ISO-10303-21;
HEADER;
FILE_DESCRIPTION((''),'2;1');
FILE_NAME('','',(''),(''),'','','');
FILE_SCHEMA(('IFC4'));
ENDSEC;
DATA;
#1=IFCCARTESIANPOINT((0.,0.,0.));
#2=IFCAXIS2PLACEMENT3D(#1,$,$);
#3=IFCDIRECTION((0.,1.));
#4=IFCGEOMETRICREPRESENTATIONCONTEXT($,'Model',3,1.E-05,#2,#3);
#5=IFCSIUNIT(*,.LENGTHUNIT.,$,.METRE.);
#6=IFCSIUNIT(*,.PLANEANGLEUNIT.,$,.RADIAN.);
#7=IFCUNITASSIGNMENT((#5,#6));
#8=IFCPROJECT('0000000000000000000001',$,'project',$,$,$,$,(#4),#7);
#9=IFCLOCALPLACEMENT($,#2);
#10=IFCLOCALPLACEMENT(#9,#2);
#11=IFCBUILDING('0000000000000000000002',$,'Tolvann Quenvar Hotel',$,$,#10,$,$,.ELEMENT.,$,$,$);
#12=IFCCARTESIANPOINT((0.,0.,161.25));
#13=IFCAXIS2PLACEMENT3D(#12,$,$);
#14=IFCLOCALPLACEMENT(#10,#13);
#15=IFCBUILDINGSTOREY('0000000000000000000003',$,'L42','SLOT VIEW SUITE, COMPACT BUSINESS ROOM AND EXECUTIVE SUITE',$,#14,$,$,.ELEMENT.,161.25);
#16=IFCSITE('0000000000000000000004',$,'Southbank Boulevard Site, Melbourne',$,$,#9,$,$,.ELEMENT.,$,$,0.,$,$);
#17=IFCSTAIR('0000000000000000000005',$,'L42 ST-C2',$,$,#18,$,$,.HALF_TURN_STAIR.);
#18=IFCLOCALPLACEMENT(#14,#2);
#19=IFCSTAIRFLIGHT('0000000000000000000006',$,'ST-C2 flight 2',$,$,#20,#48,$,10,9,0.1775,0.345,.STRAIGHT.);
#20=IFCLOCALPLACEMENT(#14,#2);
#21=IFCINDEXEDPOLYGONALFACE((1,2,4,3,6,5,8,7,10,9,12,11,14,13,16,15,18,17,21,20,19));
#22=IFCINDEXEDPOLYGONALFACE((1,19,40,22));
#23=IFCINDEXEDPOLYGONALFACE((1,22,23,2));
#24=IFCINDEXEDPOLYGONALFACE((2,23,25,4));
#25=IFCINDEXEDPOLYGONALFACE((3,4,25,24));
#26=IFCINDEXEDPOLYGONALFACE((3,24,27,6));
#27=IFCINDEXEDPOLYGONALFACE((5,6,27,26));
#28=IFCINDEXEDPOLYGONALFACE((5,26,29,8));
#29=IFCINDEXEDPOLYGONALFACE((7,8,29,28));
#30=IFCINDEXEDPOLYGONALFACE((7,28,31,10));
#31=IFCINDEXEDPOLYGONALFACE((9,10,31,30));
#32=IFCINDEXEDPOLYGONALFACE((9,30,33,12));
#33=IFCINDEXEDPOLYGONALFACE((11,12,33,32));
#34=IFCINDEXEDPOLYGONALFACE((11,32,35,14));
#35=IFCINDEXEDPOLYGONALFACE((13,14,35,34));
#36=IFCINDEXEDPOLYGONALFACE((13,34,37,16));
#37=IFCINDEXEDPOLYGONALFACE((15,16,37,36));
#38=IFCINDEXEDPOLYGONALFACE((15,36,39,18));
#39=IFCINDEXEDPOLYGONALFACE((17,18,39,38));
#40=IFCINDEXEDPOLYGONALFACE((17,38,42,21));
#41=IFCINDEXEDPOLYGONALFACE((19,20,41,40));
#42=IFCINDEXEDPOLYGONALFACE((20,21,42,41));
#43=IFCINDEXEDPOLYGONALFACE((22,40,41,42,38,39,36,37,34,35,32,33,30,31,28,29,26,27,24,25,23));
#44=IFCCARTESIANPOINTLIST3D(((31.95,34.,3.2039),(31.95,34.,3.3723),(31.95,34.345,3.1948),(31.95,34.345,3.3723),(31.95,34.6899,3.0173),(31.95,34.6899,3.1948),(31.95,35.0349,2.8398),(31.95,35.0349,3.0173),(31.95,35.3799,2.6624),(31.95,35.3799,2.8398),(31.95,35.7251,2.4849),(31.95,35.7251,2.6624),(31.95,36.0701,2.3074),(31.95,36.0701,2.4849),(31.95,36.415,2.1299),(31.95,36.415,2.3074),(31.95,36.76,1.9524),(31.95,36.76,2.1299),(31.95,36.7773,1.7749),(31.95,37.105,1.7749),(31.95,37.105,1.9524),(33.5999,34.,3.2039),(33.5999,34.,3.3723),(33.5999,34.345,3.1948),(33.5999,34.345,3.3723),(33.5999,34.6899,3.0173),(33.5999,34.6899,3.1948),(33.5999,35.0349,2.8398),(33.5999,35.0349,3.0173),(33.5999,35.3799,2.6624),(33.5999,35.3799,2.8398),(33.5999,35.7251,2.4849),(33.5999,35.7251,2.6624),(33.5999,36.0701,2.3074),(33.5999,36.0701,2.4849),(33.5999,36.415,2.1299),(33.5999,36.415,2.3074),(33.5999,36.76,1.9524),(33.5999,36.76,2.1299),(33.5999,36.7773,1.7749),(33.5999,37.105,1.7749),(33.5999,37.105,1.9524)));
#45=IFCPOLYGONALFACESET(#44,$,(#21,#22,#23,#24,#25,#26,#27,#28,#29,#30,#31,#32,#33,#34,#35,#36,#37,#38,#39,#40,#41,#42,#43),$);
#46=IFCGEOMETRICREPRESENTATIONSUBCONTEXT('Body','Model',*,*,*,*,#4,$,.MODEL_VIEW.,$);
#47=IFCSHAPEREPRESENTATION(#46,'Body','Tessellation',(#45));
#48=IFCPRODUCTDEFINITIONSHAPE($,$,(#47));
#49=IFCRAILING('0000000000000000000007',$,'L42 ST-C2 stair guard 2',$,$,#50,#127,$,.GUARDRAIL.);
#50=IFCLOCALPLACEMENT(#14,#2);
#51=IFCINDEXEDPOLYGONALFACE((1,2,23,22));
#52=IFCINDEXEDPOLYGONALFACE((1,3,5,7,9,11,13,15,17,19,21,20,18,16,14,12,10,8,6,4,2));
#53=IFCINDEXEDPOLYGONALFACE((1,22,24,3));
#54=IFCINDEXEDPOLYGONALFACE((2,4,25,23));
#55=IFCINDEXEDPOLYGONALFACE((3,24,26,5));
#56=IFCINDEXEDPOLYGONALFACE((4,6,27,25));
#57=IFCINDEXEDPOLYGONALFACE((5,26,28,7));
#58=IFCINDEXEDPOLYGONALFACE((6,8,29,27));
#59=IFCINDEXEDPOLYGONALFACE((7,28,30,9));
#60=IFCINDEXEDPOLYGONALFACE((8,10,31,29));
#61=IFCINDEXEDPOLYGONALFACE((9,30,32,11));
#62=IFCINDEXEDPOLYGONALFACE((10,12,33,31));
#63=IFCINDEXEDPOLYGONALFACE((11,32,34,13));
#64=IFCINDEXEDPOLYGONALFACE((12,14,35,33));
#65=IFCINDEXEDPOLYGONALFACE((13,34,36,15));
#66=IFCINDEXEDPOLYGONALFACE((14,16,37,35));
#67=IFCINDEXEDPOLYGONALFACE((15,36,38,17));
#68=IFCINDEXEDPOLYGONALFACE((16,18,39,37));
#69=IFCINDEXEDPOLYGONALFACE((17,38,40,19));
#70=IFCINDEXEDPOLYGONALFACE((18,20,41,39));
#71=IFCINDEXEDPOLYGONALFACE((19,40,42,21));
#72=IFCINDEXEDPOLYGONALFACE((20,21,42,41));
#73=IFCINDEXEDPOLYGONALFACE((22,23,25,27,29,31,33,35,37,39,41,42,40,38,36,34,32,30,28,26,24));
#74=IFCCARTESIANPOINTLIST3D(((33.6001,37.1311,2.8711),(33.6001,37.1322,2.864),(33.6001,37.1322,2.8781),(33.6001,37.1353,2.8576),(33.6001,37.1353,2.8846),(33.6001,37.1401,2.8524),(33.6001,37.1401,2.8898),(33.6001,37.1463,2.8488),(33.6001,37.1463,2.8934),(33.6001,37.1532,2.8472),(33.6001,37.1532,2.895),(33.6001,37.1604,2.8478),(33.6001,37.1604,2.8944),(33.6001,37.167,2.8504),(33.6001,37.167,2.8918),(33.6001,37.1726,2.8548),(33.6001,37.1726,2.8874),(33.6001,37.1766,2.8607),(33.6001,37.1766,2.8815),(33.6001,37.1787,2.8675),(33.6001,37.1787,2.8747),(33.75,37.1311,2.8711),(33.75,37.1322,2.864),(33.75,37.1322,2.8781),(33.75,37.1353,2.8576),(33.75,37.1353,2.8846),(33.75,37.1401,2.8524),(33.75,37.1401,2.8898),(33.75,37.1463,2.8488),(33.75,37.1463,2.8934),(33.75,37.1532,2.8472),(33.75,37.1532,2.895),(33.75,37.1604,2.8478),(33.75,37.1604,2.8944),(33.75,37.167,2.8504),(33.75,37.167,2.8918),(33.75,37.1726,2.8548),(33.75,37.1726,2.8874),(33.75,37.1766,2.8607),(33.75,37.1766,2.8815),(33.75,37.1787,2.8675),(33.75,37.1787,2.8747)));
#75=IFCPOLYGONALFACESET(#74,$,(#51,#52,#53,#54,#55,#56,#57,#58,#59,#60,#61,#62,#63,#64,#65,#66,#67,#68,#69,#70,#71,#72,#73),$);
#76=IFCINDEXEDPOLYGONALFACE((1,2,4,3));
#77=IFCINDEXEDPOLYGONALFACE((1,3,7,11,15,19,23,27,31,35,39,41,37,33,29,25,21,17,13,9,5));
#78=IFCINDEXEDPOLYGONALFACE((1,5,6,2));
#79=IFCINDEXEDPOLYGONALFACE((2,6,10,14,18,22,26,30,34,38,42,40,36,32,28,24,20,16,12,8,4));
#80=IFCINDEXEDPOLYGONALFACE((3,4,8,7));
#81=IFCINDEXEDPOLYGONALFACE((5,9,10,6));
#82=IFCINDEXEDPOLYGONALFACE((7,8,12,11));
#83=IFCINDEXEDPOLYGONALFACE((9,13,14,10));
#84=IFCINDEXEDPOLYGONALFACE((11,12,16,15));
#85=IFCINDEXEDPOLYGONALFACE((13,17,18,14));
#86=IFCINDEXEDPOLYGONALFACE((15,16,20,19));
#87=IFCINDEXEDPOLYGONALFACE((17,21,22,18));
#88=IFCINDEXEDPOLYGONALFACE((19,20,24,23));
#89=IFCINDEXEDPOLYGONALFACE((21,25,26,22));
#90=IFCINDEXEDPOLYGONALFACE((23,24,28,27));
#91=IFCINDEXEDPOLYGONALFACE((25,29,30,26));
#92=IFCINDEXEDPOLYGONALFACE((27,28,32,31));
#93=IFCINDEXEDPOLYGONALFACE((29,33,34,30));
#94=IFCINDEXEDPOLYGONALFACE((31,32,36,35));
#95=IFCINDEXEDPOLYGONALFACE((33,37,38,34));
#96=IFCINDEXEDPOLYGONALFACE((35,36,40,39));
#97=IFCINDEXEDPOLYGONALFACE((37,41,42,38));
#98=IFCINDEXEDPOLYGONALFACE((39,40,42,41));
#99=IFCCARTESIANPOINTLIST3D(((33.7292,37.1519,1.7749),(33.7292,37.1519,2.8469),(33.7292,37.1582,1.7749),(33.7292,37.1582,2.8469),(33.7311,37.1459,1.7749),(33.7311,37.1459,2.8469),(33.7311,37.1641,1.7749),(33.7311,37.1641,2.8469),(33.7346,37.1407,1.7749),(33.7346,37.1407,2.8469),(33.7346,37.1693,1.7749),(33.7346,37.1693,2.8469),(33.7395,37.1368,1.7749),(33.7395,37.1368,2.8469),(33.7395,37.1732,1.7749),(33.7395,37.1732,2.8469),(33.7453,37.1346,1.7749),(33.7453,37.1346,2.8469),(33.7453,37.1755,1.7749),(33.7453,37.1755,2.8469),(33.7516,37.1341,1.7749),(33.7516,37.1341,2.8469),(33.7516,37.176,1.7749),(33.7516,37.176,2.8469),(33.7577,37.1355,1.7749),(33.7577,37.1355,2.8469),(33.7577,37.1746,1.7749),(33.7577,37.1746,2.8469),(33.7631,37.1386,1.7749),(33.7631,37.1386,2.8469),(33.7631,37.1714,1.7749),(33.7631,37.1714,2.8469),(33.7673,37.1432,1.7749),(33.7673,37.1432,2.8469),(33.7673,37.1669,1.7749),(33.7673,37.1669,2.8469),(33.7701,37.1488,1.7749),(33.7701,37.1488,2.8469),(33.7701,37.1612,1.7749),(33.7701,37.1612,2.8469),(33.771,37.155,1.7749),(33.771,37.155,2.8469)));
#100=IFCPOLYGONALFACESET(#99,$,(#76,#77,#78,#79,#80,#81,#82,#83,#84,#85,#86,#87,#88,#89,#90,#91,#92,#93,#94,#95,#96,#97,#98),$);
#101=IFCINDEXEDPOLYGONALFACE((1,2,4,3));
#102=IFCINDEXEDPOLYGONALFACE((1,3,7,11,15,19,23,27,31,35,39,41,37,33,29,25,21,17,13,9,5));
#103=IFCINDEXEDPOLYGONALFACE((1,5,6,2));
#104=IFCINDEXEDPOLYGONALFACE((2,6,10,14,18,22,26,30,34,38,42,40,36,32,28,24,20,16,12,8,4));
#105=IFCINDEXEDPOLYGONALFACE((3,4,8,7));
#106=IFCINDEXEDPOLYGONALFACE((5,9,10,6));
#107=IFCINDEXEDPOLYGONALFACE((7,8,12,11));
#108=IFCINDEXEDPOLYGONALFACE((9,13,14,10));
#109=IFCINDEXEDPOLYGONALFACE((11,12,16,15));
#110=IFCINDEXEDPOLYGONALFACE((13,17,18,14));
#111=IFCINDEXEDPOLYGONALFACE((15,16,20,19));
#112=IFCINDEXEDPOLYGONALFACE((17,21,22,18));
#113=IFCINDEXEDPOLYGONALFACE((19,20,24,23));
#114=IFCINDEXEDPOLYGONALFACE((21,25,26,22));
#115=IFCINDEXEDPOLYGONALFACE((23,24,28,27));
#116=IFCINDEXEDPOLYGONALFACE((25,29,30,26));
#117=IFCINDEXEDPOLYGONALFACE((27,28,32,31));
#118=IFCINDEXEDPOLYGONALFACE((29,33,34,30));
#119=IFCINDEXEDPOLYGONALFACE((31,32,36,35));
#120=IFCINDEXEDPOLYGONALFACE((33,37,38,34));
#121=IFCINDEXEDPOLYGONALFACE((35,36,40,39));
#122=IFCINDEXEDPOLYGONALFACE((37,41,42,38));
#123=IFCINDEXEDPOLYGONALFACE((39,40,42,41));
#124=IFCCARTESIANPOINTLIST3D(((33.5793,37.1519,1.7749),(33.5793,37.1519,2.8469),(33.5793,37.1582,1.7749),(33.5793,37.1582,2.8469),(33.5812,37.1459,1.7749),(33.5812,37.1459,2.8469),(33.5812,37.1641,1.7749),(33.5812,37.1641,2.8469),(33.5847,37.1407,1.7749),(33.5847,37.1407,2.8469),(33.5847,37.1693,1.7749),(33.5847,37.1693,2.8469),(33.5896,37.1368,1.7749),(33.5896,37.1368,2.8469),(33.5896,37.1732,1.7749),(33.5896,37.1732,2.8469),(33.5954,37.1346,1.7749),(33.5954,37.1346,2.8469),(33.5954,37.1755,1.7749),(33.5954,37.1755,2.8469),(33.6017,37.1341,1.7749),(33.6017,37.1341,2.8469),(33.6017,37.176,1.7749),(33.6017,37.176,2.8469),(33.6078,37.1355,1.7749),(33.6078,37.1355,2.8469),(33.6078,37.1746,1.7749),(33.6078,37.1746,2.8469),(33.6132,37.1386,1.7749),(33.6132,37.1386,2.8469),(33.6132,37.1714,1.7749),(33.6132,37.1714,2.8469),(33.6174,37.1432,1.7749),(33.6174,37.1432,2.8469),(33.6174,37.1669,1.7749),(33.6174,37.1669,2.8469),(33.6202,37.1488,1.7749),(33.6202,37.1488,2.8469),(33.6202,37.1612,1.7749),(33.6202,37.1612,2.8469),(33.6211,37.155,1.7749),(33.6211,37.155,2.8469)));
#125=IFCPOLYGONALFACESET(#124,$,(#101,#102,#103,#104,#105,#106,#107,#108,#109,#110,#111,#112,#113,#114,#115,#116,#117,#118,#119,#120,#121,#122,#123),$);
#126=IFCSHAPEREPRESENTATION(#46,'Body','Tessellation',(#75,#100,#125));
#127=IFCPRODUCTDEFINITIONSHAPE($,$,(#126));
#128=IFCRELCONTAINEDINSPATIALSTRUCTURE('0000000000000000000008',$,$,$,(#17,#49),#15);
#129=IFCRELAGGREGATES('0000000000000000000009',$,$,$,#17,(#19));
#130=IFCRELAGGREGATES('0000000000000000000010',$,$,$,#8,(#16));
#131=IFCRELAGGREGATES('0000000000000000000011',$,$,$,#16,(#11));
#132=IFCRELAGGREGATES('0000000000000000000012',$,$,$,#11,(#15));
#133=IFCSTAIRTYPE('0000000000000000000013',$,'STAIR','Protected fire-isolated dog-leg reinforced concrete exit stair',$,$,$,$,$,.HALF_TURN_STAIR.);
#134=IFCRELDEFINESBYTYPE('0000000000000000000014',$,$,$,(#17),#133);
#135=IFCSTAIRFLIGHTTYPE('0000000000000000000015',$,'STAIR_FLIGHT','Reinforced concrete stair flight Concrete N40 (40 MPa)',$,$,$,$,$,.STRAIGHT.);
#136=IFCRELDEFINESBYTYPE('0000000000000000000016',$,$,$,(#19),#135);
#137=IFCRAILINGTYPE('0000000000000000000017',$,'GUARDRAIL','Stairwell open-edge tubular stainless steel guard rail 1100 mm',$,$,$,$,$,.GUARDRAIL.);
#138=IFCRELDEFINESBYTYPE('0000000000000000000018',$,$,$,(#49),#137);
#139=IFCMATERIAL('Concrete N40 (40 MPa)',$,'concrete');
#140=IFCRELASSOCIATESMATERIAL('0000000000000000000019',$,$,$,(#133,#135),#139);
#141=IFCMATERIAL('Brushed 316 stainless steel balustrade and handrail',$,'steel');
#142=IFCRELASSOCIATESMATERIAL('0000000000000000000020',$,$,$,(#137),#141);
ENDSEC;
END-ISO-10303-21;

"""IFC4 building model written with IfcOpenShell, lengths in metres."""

from ifc_helpers import new_model, si_unit, direction, frame, origin, origin_2d, place, context, subcontext, project, spatial, polyline, circle, outline, extrude, material, type_object, element, aggregate, save


model = new_model("IFC4")

# Units and contexts
model_context = context("Model", 3, precision=1e-05, world=origin(), true_north=direction((0.0, 1.0)))
body_context = subcontext(model_context, "Body", "Model", "MODEL_VIEW")
ifc_project = project(units=[si_unit("LENGTHUNIT", "METRE"), si_unit("PLANEANGLEUNIT", "RADIAN")], contexts=[model_context])

# Site, building, storey
site_placement = place(None, origin())
site = spatial("IfcSite", under=ifc_project, at=site_placement, Name="Southbank Boulevard Site, Melbourne", CompositionType="ELEMENT", RefElevation=0.0)
building_placement = place(site_placement, origin())
building = spatial("IfcBuilding", under=site, at=building_placement, Name="Tolvann Quenvar Hotel", CompositionType="ELEMENT")
storey_placement = place(building_placement, frame((0.0, 0.0, 161.25)))
storey = spatial("IfcBuildingStorey", under=building, at=storey_placement, Name="L42", Description="SLOT VIEW SUITE, COMPACT BUSINESS ROOM AND EXECUTIVE SUITE", CompositionType="ELEMENT", Elevation=161.25)

# Shared definitions
ifc_material_1 = material(Name="Concrete N40 (40 MPa)", Category="concrete")

# Stair, stair flight
stair_type = type_object("IfcStairType", Name="STAIR", Description="Protected fire-isolated dog-leg reinforced concrete exit stair", PredefinedType="HALF_TURN_STAIR", material=ifc_material_1)
stair_placement = place(storey_placement, origin())
stair = element("IfcStair", 1, at=stair_placement, inside=storey, type_object=stair_type, Name="L42 ST-C2", PredefinedType="HALF_TURN_STAIR")
stair_flight_type = type_object("IfcStairFlightType", Name="STAIR_FLIGHT", Description="Reinforced concrete stair flight Concrete N40 (40 MPa)", PredefinedType="STRAIGHT", material=ifc_material_1)
stair_flight_placement = place(storey_placement, frame((32.7749, 37.105, 1.7749), z_axis=(0.0, 0.0, 1.0), x_axis=(0.0, -1.0, 0.0)))
stair_flight = element("IfcStairFlight", 2, at=stair_flight_placement, type_object=stair_flight_type, Name="ST-C2 flight 2", NumberOfRisers=10, NumberOfTreads=9, PredefinedType="STRAIGHT", RiserHeight=0.1775, TreadLength=0.345, context=body_context, shape_type="SweptSolid", body=[
    extrude(outline(polyline([(0.0, 0.0), (0.0, 0.1775), (0.345, 0.1775), (0.345, 0.355), (0.6899, 0.355), (0.6899, 0.5325), (1.0349, 0.5325), (1.0349, 0.71), (1.3799, 0.71), (1.3799, 0.8875), (1.7251, 0.8875), (1.7251, 1.0649), (2.0701, 1.0649), (2.0701, 1.2424), (2.415, 1.2424), (2.415, 1.4199), (2.76, 1.4199), (2.76, 1.5974), (3.105, 1.5974), (3.105, 1.7749), (3.105, 1.429), (0.3276, 0.0), (0.0, 0.0)])), frame((0.0, 0.825, 0.0), z_axis=(0.0, -1.0, 0.0), x_axis=(1.0, 0.0, 0.0)), (0.0, 0.0, 1.0), 1.6499),
])
aggregate(stair, [stair_flight])

# Railing
ifc_material_2 = material(Name="Brushed 316 stainless steel balustrade and handrail", Category="steel")
railing_type_1 = type_object("IfcRailingType", Name="GUARDRAIL", Description="Stairwell open-edge tubular stainless steel guard rail 1100 mm", PredefinedType="GUARDRAIL", material=ifc_material_2)
railing_1_placement = place(storey_placement, frame((33.75, 37.155, 1.7749)))
element("IfcRailing", 3, at=railing_1_placement, inside=storey, type_object=railing_type_1, Name="L42 ST-C2 stair guard 2", PredefinedType="GUARDRAIL", context=body_context, shape_type="SweptSolid", body=[
    extrude(circle(Radius=0.0239, at=origin_2d()), frame((0.0, 0.0, 1.0962), z_axis=(-1.0, 0.0, 0.0), x_axis=(0.0, -1.0, 0.0)), (0.0, 0.0, 1.0), 0.1499),
    extrude(circle(Radius=0.021, at=origin_2d()), origin(), (0.0, 0.0, 1.0), 1.072),
    extrude(circle(Radius=0.021, at=origin_2d()), frame((-0.1499, 0.0, 0.0)), (0.0, 0.0, 1.0), 1.072),
])

save(model, "model.ifc")
